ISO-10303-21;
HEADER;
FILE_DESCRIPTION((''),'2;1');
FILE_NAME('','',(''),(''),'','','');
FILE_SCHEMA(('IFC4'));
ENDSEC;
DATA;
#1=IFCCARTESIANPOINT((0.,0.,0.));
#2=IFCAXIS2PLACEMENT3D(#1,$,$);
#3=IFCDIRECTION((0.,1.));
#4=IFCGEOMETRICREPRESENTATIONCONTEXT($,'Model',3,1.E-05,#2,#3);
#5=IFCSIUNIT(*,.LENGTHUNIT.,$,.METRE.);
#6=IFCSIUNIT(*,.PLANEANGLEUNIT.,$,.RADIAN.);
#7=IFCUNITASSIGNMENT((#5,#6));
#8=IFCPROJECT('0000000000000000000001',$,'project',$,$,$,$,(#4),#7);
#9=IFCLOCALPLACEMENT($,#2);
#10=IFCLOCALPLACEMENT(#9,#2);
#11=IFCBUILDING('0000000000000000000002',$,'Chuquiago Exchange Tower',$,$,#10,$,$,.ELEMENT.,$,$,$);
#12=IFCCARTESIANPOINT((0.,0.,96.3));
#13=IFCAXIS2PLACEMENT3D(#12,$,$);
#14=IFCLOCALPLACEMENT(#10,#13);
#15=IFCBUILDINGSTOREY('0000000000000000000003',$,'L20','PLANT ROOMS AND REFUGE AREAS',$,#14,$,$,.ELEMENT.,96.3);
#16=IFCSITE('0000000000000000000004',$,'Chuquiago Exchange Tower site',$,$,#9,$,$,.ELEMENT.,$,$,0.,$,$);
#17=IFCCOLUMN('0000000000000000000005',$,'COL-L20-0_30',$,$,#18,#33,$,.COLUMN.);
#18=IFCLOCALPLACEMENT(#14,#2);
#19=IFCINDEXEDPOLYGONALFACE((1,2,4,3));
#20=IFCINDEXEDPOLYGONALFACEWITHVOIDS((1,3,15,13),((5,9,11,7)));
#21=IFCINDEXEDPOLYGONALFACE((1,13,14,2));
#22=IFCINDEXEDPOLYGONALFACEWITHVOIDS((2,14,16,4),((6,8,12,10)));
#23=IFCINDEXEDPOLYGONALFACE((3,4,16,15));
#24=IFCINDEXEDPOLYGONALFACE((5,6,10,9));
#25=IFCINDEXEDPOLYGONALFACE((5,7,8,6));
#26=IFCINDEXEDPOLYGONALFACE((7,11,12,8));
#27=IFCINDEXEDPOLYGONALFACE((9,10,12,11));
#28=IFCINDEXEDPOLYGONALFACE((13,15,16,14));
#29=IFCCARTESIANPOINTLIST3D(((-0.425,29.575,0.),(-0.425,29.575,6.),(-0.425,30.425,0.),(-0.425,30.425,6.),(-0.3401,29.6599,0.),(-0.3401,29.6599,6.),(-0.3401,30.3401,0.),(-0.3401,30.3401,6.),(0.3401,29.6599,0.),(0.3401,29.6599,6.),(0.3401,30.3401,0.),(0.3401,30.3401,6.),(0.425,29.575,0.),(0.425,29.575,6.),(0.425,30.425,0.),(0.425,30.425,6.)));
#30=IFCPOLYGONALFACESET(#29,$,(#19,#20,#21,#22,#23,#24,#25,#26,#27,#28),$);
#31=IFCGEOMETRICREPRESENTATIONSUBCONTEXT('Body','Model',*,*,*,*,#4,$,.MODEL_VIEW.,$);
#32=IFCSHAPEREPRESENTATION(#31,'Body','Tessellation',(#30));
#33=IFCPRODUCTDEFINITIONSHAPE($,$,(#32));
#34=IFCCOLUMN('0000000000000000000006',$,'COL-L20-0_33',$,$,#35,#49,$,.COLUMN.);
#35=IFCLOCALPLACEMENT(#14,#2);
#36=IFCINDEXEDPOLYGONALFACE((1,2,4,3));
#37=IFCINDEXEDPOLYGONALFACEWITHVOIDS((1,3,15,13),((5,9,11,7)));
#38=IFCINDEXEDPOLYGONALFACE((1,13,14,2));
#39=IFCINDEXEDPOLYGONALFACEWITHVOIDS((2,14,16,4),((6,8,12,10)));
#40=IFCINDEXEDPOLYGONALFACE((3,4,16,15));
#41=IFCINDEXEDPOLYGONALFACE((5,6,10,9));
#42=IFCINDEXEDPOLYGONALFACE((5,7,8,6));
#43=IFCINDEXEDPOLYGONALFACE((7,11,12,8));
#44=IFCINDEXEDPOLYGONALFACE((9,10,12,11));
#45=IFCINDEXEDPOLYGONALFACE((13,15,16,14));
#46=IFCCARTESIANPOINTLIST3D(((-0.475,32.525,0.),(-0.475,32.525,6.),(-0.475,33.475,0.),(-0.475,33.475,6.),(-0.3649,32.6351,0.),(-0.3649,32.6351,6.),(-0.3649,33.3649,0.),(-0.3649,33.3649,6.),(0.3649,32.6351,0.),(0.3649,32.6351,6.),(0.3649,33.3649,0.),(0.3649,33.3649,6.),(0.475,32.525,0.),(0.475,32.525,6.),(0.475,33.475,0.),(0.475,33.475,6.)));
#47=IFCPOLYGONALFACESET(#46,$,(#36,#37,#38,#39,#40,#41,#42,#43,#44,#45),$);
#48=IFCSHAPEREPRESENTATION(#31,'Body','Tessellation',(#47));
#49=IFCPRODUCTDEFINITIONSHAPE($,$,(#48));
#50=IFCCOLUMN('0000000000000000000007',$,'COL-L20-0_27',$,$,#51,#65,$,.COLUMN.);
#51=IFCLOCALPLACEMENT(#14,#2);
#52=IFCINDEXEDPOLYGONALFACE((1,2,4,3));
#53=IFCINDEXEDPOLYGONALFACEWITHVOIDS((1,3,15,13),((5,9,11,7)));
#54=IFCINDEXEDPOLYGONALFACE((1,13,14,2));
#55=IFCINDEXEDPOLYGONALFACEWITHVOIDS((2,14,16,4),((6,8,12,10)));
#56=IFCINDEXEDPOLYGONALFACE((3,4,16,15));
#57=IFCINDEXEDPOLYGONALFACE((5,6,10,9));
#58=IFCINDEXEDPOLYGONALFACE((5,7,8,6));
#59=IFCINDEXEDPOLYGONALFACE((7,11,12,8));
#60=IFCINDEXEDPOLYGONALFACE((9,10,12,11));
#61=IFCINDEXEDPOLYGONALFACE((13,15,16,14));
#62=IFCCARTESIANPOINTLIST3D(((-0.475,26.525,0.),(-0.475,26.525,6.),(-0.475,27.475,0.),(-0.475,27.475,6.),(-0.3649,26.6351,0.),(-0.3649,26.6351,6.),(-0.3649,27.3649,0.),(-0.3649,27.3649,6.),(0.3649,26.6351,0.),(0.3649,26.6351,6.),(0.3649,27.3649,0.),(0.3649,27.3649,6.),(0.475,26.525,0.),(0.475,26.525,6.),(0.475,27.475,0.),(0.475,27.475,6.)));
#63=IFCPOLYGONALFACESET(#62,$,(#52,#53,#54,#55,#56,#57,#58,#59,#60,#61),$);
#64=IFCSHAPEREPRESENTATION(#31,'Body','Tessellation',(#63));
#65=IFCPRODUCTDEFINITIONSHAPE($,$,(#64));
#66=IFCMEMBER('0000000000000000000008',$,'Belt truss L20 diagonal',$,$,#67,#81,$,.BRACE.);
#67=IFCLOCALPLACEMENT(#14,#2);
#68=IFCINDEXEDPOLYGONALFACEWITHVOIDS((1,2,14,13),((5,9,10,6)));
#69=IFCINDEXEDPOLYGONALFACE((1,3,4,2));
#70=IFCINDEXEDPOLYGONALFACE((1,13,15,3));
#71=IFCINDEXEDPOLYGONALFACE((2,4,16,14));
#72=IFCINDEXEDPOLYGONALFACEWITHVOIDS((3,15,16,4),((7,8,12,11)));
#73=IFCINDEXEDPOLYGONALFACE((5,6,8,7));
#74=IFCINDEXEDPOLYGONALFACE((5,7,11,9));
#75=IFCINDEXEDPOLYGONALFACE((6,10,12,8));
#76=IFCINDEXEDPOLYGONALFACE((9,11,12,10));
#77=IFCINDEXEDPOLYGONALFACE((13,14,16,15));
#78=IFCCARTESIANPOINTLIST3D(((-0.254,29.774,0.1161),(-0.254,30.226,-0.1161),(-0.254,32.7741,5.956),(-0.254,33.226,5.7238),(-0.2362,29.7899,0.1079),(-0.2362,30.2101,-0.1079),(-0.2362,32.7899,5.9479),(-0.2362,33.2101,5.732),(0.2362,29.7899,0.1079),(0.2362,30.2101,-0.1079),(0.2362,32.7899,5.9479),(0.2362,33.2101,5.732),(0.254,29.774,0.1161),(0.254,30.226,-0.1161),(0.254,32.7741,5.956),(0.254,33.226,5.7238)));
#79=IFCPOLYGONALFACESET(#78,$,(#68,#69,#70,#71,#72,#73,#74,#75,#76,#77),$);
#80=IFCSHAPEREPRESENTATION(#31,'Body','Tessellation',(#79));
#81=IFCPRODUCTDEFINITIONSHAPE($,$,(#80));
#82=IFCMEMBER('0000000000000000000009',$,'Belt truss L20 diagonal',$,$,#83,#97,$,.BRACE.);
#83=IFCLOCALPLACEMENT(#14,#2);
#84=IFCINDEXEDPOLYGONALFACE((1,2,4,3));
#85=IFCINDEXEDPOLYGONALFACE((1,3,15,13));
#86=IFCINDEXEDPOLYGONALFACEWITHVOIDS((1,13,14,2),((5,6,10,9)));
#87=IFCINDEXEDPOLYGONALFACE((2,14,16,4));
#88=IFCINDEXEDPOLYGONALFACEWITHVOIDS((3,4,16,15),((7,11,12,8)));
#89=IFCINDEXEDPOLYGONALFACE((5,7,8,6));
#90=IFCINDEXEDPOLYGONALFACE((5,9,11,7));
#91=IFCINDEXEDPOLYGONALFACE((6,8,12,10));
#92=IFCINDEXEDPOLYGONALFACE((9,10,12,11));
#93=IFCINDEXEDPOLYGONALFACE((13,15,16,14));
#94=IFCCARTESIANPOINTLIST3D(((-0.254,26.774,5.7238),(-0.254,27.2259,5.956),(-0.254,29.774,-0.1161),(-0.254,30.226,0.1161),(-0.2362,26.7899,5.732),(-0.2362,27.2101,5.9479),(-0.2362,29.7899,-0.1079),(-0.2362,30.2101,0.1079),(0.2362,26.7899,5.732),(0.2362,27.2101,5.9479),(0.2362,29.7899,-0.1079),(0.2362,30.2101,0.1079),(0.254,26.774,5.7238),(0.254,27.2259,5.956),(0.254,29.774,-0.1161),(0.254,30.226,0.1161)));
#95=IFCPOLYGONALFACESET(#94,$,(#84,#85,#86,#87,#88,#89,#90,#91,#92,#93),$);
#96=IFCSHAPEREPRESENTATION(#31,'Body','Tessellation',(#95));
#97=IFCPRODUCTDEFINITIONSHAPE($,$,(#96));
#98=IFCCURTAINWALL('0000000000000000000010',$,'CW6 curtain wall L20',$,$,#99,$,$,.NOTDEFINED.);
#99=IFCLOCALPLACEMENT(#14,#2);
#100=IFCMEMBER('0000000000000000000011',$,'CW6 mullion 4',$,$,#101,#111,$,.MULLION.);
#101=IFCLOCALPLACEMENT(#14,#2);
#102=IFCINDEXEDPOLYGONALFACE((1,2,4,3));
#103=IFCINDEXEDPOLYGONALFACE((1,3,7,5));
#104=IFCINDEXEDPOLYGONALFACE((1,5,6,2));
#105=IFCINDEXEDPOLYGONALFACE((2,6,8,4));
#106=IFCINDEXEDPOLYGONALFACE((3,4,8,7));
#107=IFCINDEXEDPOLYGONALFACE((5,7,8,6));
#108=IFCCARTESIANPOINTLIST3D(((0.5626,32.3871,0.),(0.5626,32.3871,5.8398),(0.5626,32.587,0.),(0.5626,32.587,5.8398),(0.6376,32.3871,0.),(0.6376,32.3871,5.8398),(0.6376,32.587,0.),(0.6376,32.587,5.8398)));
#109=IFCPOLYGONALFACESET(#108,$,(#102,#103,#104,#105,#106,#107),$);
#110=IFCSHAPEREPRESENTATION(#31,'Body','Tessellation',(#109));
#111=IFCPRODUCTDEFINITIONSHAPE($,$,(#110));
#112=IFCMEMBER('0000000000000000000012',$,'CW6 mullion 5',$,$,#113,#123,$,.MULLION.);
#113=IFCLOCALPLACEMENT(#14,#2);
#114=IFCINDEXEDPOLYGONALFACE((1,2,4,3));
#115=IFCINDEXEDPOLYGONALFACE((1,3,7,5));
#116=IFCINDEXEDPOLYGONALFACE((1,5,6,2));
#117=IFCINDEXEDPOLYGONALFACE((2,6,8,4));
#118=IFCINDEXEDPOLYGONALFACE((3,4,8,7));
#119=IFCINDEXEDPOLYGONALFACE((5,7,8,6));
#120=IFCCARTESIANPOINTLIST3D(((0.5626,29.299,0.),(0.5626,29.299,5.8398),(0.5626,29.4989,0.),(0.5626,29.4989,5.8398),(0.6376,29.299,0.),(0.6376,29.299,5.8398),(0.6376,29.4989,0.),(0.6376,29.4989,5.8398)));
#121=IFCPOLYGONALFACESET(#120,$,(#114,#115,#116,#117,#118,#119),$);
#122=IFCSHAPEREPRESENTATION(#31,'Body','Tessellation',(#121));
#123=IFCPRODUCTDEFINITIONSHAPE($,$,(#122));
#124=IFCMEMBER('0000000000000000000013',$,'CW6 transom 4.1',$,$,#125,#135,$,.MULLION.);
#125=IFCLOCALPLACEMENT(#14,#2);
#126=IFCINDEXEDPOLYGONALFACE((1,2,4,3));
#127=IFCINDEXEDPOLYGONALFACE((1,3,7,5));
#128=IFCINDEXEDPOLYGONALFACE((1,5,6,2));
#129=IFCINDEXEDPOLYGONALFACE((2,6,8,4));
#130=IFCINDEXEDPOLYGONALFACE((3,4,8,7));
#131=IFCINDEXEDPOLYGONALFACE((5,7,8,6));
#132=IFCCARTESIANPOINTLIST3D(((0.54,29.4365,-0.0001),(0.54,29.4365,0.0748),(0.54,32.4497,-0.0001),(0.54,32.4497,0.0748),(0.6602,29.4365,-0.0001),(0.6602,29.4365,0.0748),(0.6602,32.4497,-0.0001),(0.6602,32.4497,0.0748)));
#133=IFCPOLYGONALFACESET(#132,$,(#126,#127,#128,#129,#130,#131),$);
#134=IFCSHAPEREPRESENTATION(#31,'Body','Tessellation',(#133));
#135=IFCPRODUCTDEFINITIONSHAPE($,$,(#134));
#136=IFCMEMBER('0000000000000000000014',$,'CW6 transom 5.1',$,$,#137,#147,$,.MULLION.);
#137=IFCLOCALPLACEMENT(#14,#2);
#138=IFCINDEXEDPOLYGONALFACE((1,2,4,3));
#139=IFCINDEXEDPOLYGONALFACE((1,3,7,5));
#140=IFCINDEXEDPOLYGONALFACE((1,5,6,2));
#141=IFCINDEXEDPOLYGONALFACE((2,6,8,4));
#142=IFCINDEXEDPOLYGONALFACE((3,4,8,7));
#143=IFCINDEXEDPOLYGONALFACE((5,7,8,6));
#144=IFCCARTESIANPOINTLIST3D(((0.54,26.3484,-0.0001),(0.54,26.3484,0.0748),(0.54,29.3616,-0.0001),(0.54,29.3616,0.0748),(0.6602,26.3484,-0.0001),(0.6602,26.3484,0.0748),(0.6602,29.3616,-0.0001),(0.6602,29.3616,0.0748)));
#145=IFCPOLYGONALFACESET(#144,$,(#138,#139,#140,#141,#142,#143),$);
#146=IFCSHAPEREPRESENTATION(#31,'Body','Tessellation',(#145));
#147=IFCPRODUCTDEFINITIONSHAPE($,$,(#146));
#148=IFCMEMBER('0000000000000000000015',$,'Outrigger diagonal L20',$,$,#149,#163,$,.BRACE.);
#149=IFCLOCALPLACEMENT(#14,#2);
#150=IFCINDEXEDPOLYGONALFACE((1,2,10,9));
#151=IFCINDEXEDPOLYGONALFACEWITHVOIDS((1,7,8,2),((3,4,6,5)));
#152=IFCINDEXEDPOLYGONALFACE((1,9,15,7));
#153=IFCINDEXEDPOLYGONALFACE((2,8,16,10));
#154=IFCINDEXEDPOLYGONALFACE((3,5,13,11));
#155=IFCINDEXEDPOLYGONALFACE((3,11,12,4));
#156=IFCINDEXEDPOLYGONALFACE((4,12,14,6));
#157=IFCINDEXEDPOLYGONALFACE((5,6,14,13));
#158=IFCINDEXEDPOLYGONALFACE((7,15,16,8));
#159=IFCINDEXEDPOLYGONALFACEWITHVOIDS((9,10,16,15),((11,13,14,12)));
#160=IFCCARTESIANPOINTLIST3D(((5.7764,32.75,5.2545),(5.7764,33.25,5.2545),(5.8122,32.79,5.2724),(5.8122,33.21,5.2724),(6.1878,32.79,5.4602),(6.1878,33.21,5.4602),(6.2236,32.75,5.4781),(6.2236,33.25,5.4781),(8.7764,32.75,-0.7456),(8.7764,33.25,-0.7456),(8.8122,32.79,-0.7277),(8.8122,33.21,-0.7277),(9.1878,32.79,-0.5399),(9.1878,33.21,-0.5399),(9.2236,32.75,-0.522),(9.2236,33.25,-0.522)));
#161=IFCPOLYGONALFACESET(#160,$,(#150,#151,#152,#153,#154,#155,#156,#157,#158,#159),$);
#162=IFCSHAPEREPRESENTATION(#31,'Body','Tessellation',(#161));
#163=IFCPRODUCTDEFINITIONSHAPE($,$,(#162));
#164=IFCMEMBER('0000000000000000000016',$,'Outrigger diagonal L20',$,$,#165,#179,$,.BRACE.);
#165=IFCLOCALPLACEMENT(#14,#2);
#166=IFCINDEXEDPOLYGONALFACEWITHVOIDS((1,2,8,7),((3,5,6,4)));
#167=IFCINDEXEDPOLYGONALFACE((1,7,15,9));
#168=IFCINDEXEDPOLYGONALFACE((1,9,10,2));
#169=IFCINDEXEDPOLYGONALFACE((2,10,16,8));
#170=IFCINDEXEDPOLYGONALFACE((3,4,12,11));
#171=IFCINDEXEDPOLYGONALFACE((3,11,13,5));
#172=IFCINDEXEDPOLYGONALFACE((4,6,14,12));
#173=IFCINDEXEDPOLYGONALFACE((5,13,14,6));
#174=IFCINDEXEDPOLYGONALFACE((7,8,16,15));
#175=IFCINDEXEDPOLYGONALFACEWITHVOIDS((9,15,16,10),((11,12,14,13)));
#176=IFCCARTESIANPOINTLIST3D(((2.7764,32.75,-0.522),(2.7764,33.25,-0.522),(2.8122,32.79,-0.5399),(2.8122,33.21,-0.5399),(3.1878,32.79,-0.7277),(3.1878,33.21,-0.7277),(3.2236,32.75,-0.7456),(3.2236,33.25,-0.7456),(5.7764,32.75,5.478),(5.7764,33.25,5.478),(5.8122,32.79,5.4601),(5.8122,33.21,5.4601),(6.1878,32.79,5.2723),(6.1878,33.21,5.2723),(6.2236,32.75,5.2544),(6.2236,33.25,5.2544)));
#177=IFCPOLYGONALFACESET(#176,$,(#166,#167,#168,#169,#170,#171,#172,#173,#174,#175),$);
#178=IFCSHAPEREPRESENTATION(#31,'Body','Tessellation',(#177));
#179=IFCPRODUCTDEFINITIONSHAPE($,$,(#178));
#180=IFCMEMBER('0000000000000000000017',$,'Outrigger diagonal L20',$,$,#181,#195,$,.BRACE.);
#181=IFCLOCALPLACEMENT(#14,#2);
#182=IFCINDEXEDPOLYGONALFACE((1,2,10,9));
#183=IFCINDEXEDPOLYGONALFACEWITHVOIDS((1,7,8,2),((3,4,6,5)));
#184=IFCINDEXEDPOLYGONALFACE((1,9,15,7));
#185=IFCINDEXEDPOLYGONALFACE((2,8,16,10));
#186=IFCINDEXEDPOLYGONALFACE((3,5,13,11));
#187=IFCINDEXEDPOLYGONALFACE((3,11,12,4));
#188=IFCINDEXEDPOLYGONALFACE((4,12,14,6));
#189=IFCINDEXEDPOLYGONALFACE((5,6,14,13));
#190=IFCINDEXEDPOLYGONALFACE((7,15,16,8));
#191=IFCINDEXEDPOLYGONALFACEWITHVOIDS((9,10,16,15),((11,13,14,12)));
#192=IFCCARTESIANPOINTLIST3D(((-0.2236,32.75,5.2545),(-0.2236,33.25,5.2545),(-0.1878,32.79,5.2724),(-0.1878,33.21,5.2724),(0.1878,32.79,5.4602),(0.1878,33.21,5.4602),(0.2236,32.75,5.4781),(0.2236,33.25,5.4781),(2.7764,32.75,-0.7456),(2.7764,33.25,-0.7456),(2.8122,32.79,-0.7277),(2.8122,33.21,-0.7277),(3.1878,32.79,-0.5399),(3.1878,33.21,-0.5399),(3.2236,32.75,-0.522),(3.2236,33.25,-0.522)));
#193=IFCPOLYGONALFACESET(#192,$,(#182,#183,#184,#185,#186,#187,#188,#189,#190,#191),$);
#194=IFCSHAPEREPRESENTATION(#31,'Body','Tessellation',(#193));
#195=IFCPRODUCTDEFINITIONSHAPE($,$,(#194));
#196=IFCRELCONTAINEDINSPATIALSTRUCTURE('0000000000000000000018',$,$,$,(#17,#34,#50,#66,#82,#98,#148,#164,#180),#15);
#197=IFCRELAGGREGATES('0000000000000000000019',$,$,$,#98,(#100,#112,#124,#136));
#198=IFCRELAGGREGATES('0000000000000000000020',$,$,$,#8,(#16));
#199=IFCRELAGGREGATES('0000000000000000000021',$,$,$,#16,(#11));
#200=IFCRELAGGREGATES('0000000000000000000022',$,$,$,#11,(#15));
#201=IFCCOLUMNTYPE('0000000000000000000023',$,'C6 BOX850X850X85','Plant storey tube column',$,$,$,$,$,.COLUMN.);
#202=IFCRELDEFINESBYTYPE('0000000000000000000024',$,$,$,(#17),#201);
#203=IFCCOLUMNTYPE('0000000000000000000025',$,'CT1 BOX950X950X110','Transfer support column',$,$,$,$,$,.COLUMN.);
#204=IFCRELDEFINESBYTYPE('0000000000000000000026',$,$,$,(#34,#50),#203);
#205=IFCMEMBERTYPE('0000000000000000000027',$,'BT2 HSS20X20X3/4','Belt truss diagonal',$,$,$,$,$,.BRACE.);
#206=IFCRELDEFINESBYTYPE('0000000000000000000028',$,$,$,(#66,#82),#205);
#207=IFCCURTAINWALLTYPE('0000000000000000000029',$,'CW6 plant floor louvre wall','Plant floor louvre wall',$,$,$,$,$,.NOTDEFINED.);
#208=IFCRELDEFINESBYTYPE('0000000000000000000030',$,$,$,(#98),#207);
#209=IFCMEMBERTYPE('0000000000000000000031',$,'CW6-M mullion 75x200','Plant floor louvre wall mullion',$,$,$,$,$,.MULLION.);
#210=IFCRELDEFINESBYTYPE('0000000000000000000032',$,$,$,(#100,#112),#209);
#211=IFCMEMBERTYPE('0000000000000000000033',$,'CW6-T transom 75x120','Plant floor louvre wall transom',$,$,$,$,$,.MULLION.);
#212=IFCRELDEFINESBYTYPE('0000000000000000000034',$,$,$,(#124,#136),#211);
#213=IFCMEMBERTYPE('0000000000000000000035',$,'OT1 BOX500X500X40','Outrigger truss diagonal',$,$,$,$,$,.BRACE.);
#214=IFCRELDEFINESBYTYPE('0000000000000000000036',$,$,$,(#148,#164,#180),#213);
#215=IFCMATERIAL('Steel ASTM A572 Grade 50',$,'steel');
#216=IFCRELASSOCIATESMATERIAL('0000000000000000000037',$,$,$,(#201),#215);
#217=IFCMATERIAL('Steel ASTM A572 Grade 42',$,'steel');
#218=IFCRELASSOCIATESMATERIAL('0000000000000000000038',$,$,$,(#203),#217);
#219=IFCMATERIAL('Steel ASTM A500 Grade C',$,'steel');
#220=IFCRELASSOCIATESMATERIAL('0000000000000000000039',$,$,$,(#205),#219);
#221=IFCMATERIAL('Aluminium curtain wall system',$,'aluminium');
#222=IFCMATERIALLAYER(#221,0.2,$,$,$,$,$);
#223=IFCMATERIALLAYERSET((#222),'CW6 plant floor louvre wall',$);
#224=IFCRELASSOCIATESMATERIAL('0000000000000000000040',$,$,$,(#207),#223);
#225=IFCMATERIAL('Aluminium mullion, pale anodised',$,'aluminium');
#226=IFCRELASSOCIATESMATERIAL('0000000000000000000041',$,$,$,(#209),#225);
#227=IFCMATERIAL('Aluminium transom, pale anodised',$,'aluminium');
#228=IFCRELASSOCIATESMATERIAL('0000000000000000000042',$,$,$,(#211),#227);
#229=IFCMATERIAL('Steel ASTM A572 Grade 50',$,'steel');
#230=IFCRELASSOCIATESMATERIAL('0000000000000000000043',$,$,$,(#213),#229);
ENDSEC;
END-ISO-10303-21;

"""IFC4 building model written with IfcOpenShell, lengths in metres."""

from ifc_helpers import new_model, si_unit, direction, frame, origin, origin_2d, place, context, subcontext, project, spatial, rectangle, hollow_rectangle, extrude, material, layer, layer_set, material_profile, profile_set, type_object, element, aggregate, save


model = new_model("IFC4")

# Units and contexts
model_context = context("Model", 3, precision=1e-05, world=origin(), true_north=direction((0.0, 1.0)))
body_context = subcontext(model_context, "Body", "Model", "MODEL_VIEW")
ifc_project = project(units=[si_unit("LENGTHUNIT", "METRE"), si_unit("PLANEANGLEUNIT", "RADIAN")], contexts=[model_context])

# Site, building, storey
site_placement = place(None, origin())
site = spatial("IfcSite", under=ifc_project, at=site_placement, Name="Chuquiago Exchange Tower site", CompositionType="ELEMENT", RefElevation=0.0)
building_placement = place(site_placement, origin())
building = spatial("IfcBuilding", under=site, at=building_placement, Name="Chuquiago Exchange Tower", CompositionType="ELEMENT")
storey_placement = place(building_placement, frame((0.0, 0.0, 96.3)))
storey = spatial("IfcBuildingStorey", under=building, at=storey_placement, Name="L20", Description="PLANT ROOMS AND REFUGE AREAS", CompositionType="ELEMENT", Elevation=96.3)

# Columns
ifc_material_1 = material(Name="Steel ASTM A572 Grade 50", Category="steel")
ifc_material_profile_1 = material_profile(ifc_material_1, hollow_rectangle(XDim=0.8501, YDim=0.8501, WallThickness=0.085, at=origin_2d()), Name="BOX850X850X85")
ifc_profile_set_1 = profile_set([ifc_material_profile_1], Name="Steel ASTM A572 Grade 50")
column_type_1 = type_object("IfcColumnType", Name="C6 BOX850X850X85", Description="Plant storey tube column", PredefinedType="COLUMN", material=ifc_profile_set_1)
column_placement = place(storey_placement, frame((0.0, 30.0, 0.0), z_axis=(0.0, 0.0, 1.0), x_axis=(-1.0, 0.0, 0.0)))
element("IfcColumn", 1, at=column_placement, inside=storey, type_object=column_type_1, Name="COL-L20-0_30", PredefinedType="COLUMN", context=body_context, shape_type="SweptSolid", body=[
    extrude(hollow_rectangle(XDim=0.8501, YDim=0.8501, WallThickness=0.085, at=origin_2d()), origin(), (0.0, 0.0, 1.0), 6.0),
])
ifc_material_2 = material(Name="Steel ASTM A572 Grade 42", Category="steel")
ifc_material_profile_2 = material_profile(ifc_material_2, hollow_rectangle(XDim=0.95, YDim=0.95, WallThickness=0.1101, at=origin_2d()), Name="BOX950X950X110")
ifc_profile_set_2 = profile_set([ifc_material_profile_2], Name="Steel ASTM A572 Grade 42")
column_type_2 = type_object("IfcColumnType", Name="CT1 BOX950X950X110", Description="Transfer support column", PredefinedType="COLUMN", material=ifc_profile_set_2)
for number, where, z_axis, x_axis, name in (
    (2, (0.0, 33.0, 0.0), (0.0, 0.0, 1.0), (-1.0, 0.0, 0.0), "COL-L20-0_33"),
    (3, (0.0, 27.0, 0.0), (0.0, 0.0, 1.0), (-1.0, 0.0, 0.0), "COL-L20-0_27"),
):
    element("IfcColumn", number, at=place(storey_placement, frame(where, z_axis=z_axis, x_axis=x_axis)), inside=storey, type_object=column_type_2, Name=name, PredefinedType="COLUMN", context=body_context, shape_type="SweptSolid", body=[
        extrude(hollow_rectangle(XDim=0.95, YDim=0.95, WallThickness=0.1101, at=origin_2d()), origin(), (0.0, 0.0, 1.0), 6.0),
    ])

# Members
ifc_material_3 = material(Name="Steel ASTM A500 Grade C", Category="steel")
ifc_material_profile_3 = material_profile(ifc_material_3, hollow_rectangle(XDim=0.5081, YDim=0.5081, WallThickness=0.0178, at=origin_2d()), Name="HSS20X20X3/4")
ifc_profile_set_3 = profile_set([ifc_material_profile_3], Name="Steel ASTM A500 Grade C")
member_type_1 = type_object("IfcMemberType", Name="BT2 HSS20X20X3/4", Description="Belt truss diagonal", PredefinedType="BRACE", material=ifc_profile_set_3)
for number, where, z_axis, x_axis, name in (
    (4, (0.0, 30.0, 0.0), (0.0, 0.456945, 0.889495), (-1.0, 0.0, 0.0), "Belt truss L20 diagonal"),
    (5, (0.0, 30.0, 0.0), (0.0, -0.456945, 0.889495), (1.0, 0.0, 0.0), "Belt truss L20 diagonal"),
):
    element("IfcMember", number, at=place(storey_placement, frame(where, z_axis=z_axis, x_axis=x_axis)), inside=storey, type_object=member_type_1, Name=name, PredefinedType="BRACE", context=body_context, shape_type="SweptSolid", body=[
        extrude(hollow_rectangle(XDim=0.5081, YDim=0.5081, WallThickness=0.0178, at=origin_2d()), origin(), (0.0, 0.0, 1.0), 6.5654),
    ])

# Curtain wall, members
ifc_material_4 = material(Name="Aluminium curtain wall system", Category="aluminium")
ifc_layer_1 = layer(ifc_material_4, 0.2)
ifc_layer_set_1 = layer_set([ifc_layer_1], Name="CW6 plant floor louvre wall")
curtain_wall_type = type_object("IfcCurtainWallType", Name="CW6 plant floor louvre wall", Description="Plant floor louvre wall", PredefinedType="NOTDEFINED", material=ifc_layer_set_1)
curtain_wall_placement = place(storey_placement, origin())
curtain_wall = element("IfcCurtainWall", 6, at=curtain_wall_placement, inside=storey, type_object=curtain_wall_type, Name="CW6 curtain wall L20", PredefinedType="NOTDEFINED")
ifc_material_5 = material(Name="Aluminium mullion, pale anodised", Category="aluminium")
ifc_material_profile_4 = material_profile(ifc_material_5, rectangle(XDim=0.075, YDim=0.2, at=origin_2d()), Name="AL 75x200")
ifc_profile_set_4 = profile_set([ifc_material_profile_4], Name="Aluminium mullion, pale anodised")
member_type_2 = type_object("IfcMemberType", Name="CW6-M mullion 75x200", Description="Plant floor louvre wall mullion", PredefinedType="MULLION", material=ifc_profile_set_4)
member_1_placement = place(storey_placement, frame((0.6001, 32.4871, 0.0), z_axis=(0.0, 0.0, 1.0), x_axis=(1.0, 0.0, 0.0)))
member_1 = element("IfcMember", 7, at=member_1_placement, type_object=member_type_2, Name="CW6 mullion 4", PredefinedType="MULLION", context=body_context, shape_type="SweptSolid", body=[
    extrude(rectangle(XDim=0.075, YDim=0.2, at=origin_2d()), origin(), (0.0, 0.0, 1.0), 5.8398),
])
member_2_placement = place(storey_placement, frame((0.6001, 29.3989, 0.0), z_axis=(0.0, 0.0, 1.0), x_axis=(1.0, 0.0, 0.0)))
member_2 = element("IfcMember", 8, at=member_2_placement, type_object=member_type_2, Name="CW6 mullion 5", PredefinedType="MULLION", context=body_context, shape_type="SweptSolid", body=[
    extrude(rectangle(XDim=0.075, YDim=0.2, at=origin_2d()), origin(), (0.0, 0.0, 1.0), 5.8398),
])
ifc_material_6 = material(Name="Aluminium transom, pale anodised", Category="aluminium")
ifc_material_profile_5 = material_profile(ifc_material_6, rectangle(XDim=0.1201, YDim=0.075, at=origin_2d()), Name="AL 120x75")
ifc_profile_set_5 = profile_set([ifc_material_profile_5], Name="Aluminium transom, pale anodised")
member_type_3 = type_object("IfcMemberType", Name="CW6-T transom 75x120", Description="Plant floor louvre wall transom", PredefinedType="MULLION", material=ifc_profile_set_5)
member_3_placement = place(storey_placement, frame((0.6001, 32.4497, 0.0374), z_axis=(0.0, -1.0, 0.0), x_axis=(1.0, 0.0, 0.0)))
member_3 = element("IfcMember", 9, at=member_3_placement, type_object=member_type_3, Name="CW6 transom 4.1", PredefinedType="MULLION", context=body_context, shape_type="SweptSolid", body=[
    extrude(rectangle(XDim=0.1201, YDim=0.075, at=origin_2d()), origin(), (0.0, 0.0, 1.0), 3.0132),
])
member_4_placement = place(storey_placement, frame((0.6001, 29.3616, 0.0374), z_axis=(0.0, -1.0, 0.0), x_axis=(1.0, 0.0, 0.0)))
member_4 = element("IfcMember", 10, at=member_4_placement, type_object=member_type_3, Name="CW6 transom 5.1", PredefinedType="MULLION", context=body_context, shape_type="SweptSolid", body=[
    extrude(rectangle(XDim=0.1201, YDim=0.075, at=origin_2d()), origin(), (0.0, 0.0, 1.0), 3.0132),
])

# Members
ifc_material_7 = material(Name="Steel ASTM A572 Grade 50", Category="steel")
ifc_material_profile_6 = material_profile(ifc_material_7, hollow_rectangle(XDim=0.5, YDim=0.5, WallThickness=0.04, at=origin_2d()), Name="BOX500X500X40")
ifc_profile_set_6 = profile_set([ifc_material_profile_6], Name="Steel ASTM A572 Grade 50")
member_type_4 = type_object("IfcMemberType", Name="OT1 BOX500X500X40", Description="Outrigger truss diagonal", PredefinedType="BRACE", material=ifc_profile_set_6)
for number, where, z_axis, x_axis, name in (
    (11, (9.0, 33.0, -0.6338), (-0.447214, 0.0, 0.894427), (0.0, -1.0, 0.0), "Outrigger diagonal L20"),
    (12, (6.0, 33.0, 5.3662), (-0.447214, 0.0, -0.894427), (0.0, -1.0, 0.0), "Outrigger diagonal L20"),
    (13, (3.0, 33.0, -0.6338), (-0.447214, 0.0, 0.894427), (0.0, -1.0, 0.0), "Outrigger diagonal L20"),
):
    element("IfcMember", number, at=place(storey_placement, frame(where, z_axis=z_axis, x_axis=x_axis)), inside=storey, type_object=member_type_4, Name=name, PredefinedType="BRACE", context=body_context, shape_type="SweptSolid", body=[
        extrude(hollow_rectangle(XDim=0.5, YDim=0.5, WallThickness=0.04, at=origin_2d()), origin(), (0.0, 0.0, 1.0), 6.7083),
    ])

aggregate(curtain_wall, [member_1, member_2, member_3, member_4])

save(model, "model.ifc")
